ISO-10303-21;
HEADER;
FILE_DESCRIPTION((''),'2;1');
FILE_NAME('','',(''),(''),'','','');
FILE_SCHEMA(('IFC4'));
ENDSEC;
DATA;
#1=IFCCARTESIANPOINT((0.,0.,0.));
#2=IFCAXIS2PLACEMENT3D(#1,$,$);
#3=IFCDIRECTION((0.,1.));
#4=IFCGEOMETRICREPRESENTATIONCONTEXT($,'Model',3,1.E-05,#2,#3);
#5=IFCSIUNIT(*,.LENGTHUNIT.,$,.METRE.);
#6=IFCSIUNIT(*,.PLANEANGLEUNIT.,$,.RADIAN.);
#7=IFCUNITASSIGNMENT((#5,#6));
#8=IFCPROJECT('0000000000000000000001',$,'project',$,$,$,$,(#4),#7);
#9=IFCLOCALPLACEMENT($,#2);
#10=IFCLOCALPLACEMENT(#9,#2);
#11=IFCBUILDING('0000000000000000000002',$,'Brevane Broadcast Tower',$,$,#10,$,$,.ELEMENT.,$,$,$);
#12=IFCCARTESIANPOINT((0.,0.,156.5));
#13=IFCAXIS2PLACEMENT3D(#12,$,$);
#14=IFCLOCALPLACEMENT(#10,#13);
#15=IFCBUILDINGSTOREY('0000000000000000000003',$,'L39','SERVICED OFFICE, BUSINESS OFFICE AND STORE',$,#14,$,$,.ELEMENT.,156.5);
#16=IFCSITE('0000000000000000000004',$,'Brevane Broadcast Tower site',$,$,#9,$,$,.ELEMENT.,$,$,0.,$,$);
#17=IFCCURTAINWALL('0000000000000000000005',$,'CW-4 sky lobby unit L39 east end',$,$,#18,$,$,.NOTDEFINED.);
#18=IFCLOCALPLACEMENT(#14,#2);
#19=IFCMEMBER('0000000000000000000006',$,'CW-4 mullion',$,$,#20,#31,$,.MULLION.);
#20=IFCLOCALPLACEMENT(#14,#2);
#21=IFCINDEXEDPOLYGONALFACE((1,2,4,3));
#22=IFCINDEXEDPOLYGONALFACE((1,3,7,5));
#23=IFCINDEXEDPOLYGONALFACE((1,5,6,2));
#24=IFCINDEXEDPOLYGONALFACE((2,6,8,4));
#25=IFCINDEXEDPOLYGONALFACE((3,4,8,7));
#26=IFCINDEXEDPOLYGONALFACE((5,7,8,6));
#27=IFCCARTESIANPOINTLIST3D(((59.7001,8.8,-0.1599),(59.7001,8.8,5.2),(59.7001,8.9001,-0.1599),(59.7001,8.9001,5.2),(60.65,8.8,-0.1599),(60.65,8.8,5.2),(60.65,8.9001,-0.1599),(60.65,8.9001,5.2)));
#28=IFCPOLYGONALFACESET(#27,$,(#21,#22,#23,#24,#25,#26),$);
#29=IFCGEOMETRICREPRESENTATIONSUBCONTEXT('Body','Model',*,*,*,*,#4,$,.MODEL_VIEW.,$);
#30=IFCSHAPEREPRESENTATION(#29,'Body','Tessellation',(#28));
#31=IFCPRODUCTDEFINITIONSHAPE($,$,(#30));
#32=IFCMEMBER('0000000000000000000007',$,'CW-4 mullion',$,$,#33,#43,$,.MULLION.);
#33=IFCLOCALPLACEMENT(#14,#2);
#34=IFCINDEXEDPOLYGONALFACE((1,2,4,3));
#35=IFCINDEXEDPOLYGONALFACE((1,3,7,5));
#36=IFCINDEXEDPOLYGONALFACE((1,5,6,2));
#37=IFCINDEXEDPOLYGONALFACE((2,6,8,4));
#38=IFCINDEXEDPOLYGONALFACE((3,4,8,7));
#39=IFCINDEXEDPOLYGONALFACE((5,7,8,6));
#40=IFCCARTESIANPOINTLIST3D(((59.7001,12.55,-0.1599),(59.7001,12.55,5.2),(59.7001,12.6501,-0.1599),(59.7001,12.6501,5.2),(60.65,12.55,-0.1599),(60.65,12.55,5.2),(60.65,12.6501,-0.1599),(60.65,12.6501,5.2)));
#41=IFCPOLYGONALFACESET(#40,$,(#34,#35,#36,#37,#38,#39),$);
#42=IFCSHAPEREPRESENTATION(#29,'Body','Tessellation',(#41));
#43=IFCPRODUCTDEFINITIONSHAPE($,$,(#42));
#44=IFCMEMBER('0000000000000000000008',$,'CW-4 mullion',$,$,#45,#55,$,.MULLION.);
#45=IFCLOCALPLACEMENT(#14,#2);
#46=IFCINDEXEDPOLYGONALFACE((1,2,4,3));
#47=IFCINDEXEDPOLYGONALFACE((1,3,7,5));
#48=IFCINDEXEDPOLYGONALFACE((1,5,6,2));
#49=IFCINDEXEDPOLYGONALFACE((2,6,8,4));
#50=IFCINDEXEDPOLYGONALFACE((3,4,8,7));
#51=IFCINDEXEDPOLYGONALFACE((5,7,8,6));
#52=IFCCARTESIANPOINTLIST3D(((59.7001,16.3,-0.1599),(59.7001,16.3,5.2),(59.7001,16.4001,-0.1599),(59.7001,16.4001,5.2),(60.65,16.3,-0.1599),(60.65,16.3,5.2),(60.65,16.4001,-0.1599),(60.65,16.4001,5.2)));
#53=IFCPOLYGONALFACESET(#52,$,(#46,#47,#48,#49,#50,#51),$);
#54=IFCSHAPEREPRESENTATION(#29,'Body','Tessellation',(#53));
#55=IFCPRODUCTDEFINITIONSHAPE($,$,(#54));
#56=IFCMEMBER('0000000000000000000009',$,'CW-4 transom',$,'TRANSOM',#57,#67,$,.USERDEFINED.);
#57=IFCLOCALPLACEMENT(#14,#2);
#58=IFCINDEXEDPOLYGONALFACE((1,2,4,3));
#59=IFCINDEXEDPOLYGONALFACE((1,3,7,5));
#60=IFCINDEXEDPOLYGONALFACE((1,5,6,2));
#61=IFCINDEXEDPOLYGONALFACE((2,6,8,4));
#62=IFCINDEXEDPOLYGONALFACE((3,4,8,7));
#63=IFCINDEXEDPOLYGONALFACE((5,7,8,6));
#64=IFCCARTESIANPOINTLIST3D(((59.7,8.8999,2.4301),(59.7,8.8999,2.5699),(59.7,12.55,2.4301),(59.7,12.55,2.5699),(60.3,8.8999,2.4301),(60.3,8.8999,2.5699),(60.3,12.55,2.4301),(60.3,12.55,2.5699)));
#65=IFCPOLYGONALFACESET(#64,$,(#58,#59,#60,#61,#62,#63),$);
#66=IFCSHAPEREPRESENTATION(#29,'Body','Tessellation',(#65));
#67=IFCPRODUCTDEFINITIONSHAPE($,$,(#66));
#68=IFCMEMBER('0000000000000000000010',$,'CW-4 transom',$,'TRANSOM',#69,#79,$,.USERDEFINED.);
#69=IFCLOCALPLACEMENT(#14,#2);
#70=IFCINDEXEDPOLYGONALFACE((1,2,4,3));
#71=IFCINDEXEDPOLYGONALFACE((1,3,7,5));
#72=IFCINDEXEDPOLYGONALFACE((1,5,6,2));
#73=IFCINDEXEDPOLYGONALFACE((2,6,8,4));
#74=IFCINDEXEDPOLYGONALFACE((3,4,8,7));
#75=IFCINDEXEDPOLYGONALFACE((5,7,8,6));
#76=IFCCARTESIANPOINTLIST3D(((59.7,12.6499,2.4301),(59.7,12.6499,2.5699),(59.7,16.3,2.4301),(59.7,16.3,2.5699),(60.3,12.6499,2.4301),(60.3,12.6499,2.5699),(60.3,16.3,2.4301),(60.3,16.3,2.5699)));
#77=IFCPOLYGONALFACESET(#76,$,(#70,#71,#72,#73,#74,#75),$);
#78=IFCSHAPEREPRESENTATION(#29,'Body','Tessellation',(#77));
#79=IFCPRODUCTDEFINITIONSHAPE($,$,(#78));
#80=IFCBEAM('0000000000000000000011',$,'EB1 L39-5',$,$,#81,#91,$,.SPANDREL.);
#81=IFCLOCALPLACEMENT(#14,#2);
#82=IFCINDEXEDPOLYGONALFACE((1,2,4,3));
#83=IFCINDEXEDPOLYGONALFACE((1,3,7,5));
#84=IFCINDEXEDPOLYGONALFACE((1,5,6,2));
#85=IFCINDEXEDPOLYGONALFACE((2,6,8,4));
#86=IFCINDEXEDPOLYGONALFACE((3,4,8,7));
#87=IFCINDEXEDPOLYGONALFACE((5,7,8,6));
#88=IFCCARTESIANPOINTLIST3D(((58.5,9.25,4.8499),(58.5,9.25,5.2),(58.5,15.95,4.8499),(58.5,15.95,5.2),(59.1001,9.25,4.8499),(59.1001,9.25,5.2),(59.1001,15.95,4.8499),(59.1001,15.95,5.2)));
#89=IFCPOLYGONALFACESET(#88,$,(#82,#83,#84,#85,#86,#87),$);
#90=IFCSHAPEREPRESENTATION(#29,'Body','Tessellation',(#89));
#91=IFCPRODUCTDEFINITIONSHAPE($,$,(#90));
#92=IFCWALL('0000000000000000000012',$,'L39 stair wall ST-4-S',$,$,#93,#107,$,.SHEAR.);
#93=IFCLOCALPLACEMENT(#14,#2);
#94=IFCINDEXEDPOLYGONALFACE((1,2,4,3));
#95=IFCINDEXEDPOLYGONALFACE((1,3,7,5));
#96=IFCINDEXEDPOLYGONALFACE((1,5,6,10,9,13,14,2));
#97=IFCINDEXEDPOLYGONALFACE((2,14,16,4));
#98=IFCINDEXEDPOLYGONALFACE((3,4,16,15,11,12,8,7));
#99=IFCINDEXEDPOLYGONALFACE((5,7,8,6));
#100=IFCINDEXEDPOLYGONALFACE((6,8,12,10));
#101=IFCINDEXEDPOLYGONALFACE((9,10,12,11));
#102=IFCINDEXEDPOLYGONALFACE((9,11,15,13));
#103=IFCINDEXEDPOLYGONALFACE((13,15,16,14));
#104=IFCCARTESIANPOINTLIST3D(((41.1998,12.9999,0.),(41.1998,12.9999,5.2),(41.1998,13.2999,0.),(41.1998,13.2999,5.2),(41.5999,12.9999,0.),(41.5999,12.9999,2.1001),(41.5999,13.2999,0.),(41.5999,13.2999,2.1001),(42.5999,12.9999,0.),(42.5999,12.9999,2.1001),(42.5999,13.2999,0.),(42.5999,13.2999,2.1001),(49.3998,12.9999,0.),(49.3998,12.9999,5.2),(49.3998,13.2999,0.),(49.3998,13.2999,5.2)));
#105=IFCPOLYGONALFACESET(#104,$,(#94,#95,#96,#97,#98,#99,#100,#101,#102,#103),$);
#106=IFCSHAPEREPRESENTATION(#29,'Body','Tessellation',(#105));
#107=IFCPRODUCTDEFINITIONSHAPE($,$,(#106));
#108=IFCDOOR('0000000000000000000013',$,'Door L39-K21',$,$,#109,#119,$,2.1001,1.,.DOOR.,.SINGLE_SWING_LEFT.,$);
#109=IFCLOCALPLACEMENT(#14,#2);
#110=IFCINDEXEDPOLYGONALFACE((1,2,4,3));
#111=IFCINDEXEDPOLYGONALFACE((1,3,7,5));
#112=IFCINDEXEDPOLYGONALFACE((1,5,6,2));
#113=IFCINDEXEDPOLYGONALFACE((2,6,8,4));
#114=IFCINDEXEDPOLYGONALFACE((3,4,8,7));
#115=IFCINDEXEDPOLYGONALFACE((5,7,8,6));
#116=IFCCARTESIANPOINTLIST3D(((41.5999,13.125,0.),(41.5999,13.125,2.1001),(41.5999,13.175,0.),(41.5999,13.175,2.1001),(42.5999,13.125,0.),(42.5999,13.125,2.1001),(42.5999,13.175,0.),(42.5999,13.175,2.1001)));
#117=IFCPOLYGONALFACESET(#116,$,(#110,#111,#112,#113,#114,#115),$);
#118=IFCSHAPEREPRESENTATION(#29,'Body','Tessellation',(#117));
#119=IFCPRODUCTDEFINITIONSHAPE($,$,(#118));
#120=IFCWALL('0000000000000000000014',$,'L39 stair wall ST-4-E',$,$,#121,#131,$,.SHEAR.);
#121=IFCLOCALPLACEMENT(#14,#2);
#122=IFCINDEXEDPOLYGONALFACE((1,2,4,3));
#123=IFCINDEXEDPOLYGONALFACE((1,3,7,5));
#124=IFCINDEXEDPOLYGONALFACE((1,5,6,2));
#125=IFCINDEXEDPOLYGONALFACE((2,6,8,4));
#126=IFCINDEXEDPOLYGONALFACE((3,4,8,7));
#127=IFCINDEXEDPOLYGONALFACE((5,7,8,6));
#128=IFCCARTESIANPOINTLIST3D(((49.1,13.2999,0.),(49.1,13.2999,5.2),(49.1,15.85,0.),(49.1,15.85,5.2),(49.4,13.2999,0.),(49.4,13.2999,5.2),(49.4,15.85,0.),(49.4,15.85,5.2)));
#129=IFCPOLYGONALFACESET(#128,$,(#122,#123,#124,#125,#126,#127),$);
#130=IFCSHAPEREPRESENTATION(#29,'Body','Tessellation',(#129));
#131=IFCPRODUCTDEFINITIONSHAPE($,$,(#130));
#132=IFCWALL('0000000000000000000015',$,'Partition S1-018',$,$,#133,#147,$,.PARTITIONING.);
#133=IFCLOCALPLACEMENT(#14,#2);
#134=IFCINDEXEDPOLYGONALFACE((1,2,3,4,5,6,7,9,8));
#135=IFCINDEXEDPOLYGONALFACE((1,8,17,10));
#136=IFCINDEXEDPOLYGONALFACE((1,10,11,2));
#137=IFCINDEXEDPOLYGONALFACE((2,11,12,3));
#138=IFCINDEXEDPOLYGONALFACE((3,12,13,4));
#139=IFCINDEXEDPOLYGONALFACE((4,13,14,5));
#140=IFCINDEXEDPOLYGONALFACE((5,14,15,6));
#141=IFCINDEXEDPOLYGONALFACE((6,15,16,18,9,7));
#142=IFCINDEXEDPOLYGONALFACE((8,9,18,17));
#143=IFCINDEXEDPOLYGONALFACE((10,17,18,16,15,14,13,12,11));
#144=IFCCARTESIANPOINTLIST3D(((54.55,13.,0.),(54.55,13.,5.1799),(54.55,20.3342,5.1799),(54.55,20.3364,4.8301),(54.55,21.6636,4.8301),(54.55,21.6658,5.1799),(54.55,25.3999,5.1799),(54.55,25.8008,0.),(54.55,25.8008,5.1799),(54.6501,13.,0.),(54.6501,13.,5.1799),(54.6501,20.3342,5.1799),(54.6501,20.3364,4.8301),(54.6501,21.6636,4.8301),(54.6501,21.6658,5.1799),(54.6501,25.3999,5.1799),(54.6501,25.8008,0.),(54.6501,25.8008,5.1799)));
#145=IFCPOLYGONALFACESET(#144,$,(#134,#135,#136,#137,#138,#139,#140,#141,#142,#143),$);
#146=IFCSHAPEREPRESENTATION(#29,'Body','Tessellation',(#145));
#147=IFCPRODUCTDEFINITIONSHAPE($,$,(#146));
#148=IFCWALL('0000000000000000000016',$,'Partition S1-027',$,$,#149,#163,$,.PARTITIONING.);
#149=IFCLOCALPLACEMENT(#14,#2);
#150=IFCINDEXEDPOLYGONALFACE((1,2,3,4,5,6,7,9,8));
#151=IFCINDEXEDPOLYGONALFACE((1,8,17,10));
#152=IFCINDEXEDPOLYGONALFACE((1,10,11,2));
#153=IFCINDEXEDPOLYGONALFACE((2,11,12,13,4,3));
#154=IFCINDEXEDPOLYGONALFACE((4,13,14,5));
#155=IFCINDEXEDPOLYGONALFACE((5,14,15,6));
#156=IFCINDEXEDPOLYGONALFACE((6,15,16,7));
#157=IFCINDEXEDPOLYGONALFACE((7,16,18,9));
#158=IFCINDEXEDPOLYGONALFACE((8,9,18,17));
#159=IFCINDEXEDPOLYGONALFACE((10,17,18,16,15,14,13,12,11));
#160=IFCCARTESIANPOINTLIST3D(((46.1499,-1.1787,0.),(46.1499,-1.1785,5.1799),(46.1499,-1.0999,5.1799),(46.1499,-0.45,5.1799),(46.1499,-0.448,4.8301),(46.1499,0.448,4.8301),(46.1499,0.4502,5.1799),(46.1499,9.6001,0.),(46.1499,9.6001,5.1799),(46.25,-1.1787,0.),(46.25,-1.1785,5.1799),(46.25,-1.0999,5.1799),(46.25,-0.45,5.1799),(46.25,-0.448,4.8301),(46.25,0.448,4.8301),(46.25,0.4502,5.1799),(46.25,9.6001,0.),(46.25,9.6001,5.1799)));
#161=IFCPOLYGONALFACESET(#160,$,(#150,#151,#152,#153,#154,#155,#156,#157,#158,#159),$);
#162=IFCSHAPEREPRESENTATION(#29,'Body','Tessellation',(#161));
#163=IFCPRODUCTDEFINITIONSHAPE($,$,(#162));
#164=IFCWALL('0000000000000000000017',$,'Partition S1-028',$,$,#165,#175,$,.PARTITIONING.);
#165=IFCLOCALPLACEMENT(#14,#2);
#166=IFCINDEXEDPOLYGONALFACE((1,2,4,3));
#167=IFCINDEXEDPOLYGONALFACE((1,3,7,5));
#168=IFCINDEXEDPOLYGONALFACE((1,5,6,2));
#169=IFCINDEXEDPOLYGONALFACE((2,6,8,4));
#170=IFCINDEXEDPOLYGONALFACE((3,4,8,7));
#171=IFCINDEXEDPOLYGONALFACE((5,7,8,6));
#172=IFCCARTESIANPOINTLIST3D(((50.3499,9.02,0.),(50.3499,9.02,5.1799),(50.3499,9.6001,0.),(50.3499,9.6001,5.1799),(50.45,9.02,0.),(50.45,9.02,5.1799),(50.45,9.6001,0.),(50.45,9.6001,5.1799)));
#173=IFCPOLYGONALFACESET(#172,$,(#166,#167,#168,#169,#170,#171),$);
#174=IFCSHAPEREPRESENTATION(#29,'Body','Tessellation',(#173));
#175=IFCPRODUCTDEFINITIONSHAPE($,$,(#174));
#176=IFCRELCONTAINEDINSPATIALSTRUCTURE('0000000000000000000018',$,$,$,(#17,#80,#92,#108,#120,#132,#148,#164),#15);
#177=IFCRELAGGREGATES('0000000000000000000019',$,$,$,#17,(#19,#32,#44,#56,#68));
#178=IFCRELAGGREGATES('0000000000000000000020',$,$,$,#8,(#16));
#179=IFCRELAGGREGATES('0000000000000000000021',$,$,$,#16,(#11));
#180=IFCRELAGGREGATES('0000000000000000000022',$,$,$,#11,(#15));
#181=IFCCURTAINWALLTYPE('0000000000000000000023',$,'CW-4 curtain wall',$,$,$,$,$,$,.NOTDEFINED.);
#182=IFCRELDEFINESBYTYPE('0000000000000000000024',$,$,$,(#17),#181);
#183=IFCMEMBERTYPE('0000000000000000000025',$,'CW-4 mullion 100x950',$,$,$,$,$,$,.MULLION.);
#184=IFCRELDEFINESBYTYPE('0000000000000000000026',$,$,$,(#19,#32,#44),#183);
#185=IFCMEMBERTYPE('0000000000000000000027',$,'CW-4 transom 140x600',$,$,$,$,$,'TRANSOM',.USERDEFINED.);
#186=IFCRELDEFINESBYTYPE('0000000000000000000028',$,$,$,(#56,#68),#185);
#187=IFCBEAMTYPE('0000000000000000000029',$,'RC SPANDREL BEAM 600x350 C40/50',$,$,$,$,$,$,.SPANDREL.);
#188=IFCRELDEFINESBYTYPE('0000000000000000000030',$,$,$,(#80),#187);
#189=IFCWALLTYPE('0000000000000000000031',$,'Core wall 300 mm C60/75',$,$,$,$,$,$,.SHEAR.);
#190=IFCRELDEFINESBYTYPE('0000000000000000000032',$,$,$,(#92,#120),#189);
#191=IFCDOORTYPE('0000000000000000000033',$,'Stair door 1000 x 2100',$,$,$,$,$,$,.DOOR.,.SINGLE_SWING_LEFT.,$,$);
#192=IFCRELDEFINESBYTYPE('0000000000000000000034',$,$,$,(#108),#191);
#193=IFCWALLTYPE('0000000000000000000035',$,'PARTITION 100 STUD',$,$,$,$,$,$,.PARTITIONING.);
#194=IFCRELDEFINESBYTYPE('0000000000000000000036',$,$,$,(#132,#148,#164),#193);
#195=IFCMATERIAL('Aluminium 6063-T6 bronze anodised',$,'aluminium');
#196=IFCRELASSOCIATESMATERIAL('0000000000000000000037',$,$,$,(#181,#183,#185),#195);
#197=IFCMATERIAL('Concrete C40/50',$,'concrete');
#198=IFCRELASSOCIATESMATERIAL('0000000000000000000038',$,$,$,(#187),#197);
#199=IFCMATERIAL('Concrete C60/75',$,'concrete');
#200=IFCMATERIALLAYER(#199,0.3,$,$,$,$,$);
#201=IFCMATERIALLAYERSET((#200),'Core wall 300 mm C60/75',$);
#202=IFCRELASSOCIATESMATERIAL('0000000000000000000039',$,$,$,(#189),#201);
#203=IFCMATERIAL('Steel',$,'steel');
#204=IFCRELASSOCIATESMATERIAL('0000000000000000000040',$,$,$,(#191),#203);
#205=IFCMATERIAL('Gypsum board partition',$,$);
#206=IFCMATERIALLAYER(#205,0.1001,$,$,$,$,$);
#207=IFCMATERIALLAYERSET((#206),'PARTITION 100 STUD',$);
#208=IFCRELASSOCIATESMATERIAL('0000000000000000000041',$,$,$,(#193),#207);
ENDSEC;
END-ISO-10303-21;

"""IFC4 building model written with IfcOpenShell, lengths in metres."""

from ifc_helpers import new_model, si_unit, direction, frame, frame_2d, origin, origin_2d, place, context, subcontext, project, spatial, polyline, rectangle, outline, extrude, material, layer, layer_set, material_profile, profile_set, type_object, element, fill, aggregate, save


model = new_model("IFC4")

# Units and contexts
model_context = context("Model", 3, precision=1e-05, world=origin(), true_north=direction((0.0, 1.0)))
body_context = subcontext(model_context, "Body", "Model", "MODEL_VIEW")
ifc_project = project(units=[si_unit("LENGTHUNIT", "METRE"), si_unit("PLANEANGLEUNIT", "RADIAN")], contexts=[model_context])

# Site, building, storey
site_placement = place(None, origin())
site = spatial("IfcSite", under=ifc_project, at=site_placement, Name="Brevane Broadcast Tower site", CompositionType="ELEMENT", RefElevation=0.0)
building_placement = place(site_placement, origin())
building = spatial("IfcBuilding", under=site, at=building_placement, Name="Brevane Broadcast Tower", CompositionType="ELEMENT")
storey_placement = place(building_placement, frame((0.0, 0.0, 156.5)))
storey = spatial("IfcBuildingStorey", under=building, at=storey_placement, Name="L39", Description="SERVICED OFFICE, BUSINESS OFFICE AND STORE", CompositionType="ELEMENT", Elevation=156.5)

# Curtain wall, members
ifc_material_1 = material(Name="Aluminium 6063-T6 bronze anodised", Category="aluminium")
curtain_wall_type = type_object("IfcCurtainWallType", Name="CW-4 curtain wall", PredefinedType="NOTDEFINED", material=ifc_material_1)
curtain_wall_placement = place(storey_placement, origin())
curtain_wall = element("IfcCurtainWall", 1, at=curtain_wall_placement, inside=storey, type_object=curtain_wall_type, Name="CW-4 sky lobby unit L39 east end", PredefinedType="NOTDEFINED")
ifc_material_profile_1 = material_profile(ifc_material_1, rectangle(XDim=0.95, YDim=0.1001, at=origin_2d()), Name="RECT 100x950")
ifc_profile_set_1 = profile_set([ifc_material_profile_1], Name="Aluminium 6063-T6 bronze anodised")
member_type_1 = type_object("IfcMemberType", Name="CW-4 mullion 100x950", PredefinedType="MULLION", material=ifc_profile_set_1)
member_1_placement = place(storey_placement, frame((60.175, 8.8501, -0.1599), z_axis=(0.0, 0.0, 1.0), x_axis=(-1.0, 0.0, 0.0)))
member_1 = element("IfcMember", 2, at=member_1_placement, type_object=member_type_1, Name="CW-4 mullion", PredefinedType="MULLION", context=body_context, shape_type="SweptSolid", body=[
    extrude(rectangle(XDim=0.95, YDim=0.1001, at=origin_2d()), origin(), (0.0, 0.0, 1.0), 5.3599),
])
member_2_placement = place(storey_placement, frame((60.175, 12.6001, -0.1599), z_axis=(0.0, 0.0, 1.0), x_axis=(-1.0, 0.0, 0.0)))
member_2 = element("IfcMember", 3, at=member_2_placement, type_object=member_type_1, Name="CW-4 mullion", PredefinedType="MULLION", context=body_context, shape_type="SweptSolid", body=[
    extrude(rectangle(XDim=0.95, YDim=0.1001, at=origin_2d()), origin(), (0.0, 0.0, 1.0), 5.3599),
])
member_3_placement = place(storey_placement, frame((60.175, 16.3501, -0.1599), z_axis=(0.0, 0.0, 1.0), x_axis=(-1.0, 0.0, 0.0)))
member_3 = element("IfcMember", 4, at=member_3_placement, type_object=member_type_1, Name="CW-4 mullion", PredefinedType="MULLION", context=body_context, shape_type="SweptSolid", body=[
    extrude(rectangle(XDim=0.95, YDim=0.1001, at=origin_2d()), origin(), (0.0, 0.0, 1.0), 5.3599),
])
ifc_material_profile_2 = material_profile(ifc_material_1, rectangle(XDim=0.6001, YDim=0.1399, at=origin_2d()), Name="RECT 140x600")
ifc_profile_set_2 = profile_set([ifc_material_profile_2], Name="Aluminium 6063-T6 bronze anodised")
member_type_2 = type_object("IfcMemberType", Name="CW-4 transom 140x600", ElementType="TRANSOM", PredefinedType="USERDEFINED", material=ifc_profile_set_2)
member_4_placement = place(storey_placement, frame((60.0, 8.8999, 2.5), z_axis=(0.0, 1.0, 0.0), x_axis=(-1.0, 0.0, 0.0)))
member_4 = element("IfcMember", 5, at=member_4_placement, type_object=member_type_2, Name="CW-4 transom", ObjectType="TRANSOM", PredefinedType="USERDEFINED", context=body_context, shape_type="SweptSolid", body=[
    extrude(rectangle(XDim=0.6001, YDim=0.1399, at=origin_2d()), origin(), (0.0, 0.0, 1.0), 3.6501),
])
member_5_placement = place(storey_placement, frame((60.0, 12.6499, 2.5), z_axis=(0.0, 1.0, 0.0), x_axis=(-1.0, 0.0, 0.0)))
member_5 = element("IfcMember", 6, at=member_5_placement, type_object=member_type_2, Name="CW-4 transom", ObjectType="TRANSOM", PredefinedType="USERDEFINED", context=body_context, shape_type="SweptSolid", body=[
    extrude(rectangle(XDim=0.6001, YDim=0.1399, at=origin_2d()), origin(), (0.0, 0.0, 1.0), 3.6501),
])
aggregate(curtain_wall, [member_1, member_2, member_3, member_4, member_5])

# Beam
ifc_material_2 = material(Name="Concrete C40/50", Category="concrete")
ifc_material_profile_3 = material_profile(ifc_material_2, rectangle(XDim=0.6001, YDim=0.3501, at=origin_2d()), Name="RC 600x350")
ifc_profile_set_3 = profile_set([ifc_material_profile_3], Name="Concrete C40/50")
beam_type = type_object("IfcBeamType", Name="RC SPANDREL BEAM 600x350 C40/50", PredefinedType="SPANDREL", material=ifc_profile_set_3)
beam_placement = place(storey_placement, frame((58.8, 9.25, 5.0249), z_axis=(0.0, 1.0, 0.0), x_axis=(-1.0, 0.0, 0.0)))
element("IfcBeam", 7, at=beam_placement, inside=storey, type_object=beam_type, Name="EB1 L39-5", PredefinedType="SPANDREL", context=body_context, shape_type="SweptSolid", body=[
    extrude(rectangle(XDim=0.6001, YDim=0.3501, at=origin_2d()), origin(), (0.0, 0.0, 1.0), 6.7),
])

# Wall, opening, door
ifc_material_3 = material(Name="Concrete C60/75", Category="concrete")
ifc_layer_1 = layer(ifc_material_3, 0.3)
ifc_layer_set_1 = layer_set([ifc_layer_1], Name="Core wall 300 mm C60/75")
wall_type_1 = type_object("IfcWallType", Name="Core wall 300 mm C60/75", PredefinedType="SHEAR", material=ifc_layer_set_1)
wall_1_placement = place(storey_placement, frame((49.3999, 13.1499, 0.0), z_axis=(0.0, 0.0, 1.0), x_axis=(-1.0, 0.0, 0.0)))
wall_1 = element("IfcWall", 8, at=wall_1_placement, inside=storey, type_object=wall_type_1, Name="L39 stair wall ST-4-S", PredefinedType="SHEAR", context=body_context, shape_type="SweptSolid", body=[
    extrude(rectangle(XDim=8.2, YDim=0.3, at=frame_2d((4.1001, 0.0))), origin(), (0.0, 0.0, 1.0), 5.2),
])
opening_1_placement = place(wall_1_placement, frame((6.8, 0.0, 0.0)))
opening_1 = element("IfcOpeningElement", 9, at=opening_1_placement, cuts=wall_1, PredefinedType="OPENING", context=body_context, shape_type="SweptSolid", body=[
    extrude(rectangle(XDim=1.0, YDim=2.1001, at=frame_2d((0.5, 1.05))), frame((0.0, 0.1599, 0.0), z_axis=(0.0, -1.0, 0.0), x_axis=(1.0, 0.0, 0.0)), (0.0, 0.0, 1.0), 0.3201),
])
ifc_material_4 = material(Name="Steel", Category="steel")
door_type_1 = type_object("IfcDoorType", Name="Stair door 1000 x 2100", OperationType="SINGLE_SWING_LEFT", PredefinedType="DOOR", material=ifc_material_4)
door_1_placement = place(opening_1_placement, origin())
door_1 = element("IfcDoor", 10, at=door_1_placement, inside=storey, type_object=door_type_1, Name="Door L39-K21", OperationType="SINGLE_SWING_LEFT", OverallHeight=2.1001, OverallWidth=1.0, PredefinedType="DOOR", context=body_context, shape_type="SweptSolid", body=[
    extrude(rectangle(XDim=1.0, YDim=2.1001, at=frame_2d((0.5, 1.05))), frame((0.0, 0.0249, 0.0), z_axis=(0.0, -1.0, 0.0), x_axis=(1.0, 0.0, 0.0)), (0.0, 0.0, 1.0), 0.05),
])
fill(opening_1, door_1)

# Walls
wall_2_placement = place(storey_placement, frame((49.25, 13.3, 0.0), z_axis=(0.0, 0.0, 1.0), x_axis=(0.0, 1.0, 0.0)))
element("IfcWall", 11, at=wall_2_placement, inside=storey, type_object=wall_type_1, Name="L39 stair wall ST-4-E", PredefinedType="SHEAR", context=body_context, shape_type="SweptSolid", body=[
    extrude(rectangle(XDim=2.55, YDim=0.3, at=frame_2d((1.2749, 0.0))), origin(), (0.0, 0.0, 1.0), 5.2),
])
ifc_material_5 = material(Name="Gypsum board partition")
ifc_layer_2 = layer(ifc_material_5, 0.1001)
ifc_layer_set_2 = layer_set([ifc_layer_2], Name="PARTITION 100 STUD")
wall_type_2 = type_object("IfcWallType", Name="PARTITION 100 STUD", PredefinedType="PARTITIONING", material=ifc_layer_set_2)
wall_3_placement = place(storey_placement, frame((54.6001, 13.0, 0.0), z_axis=(0.0, 0.0, 1.0), x_axis=(0.0, 1.0, 0.0)))
element("IfcWall", 12, at=wall_3_placement, inside=storey, type_object=wall_type_2, Name="Partition S1-018", PredefinedType="PARTITIONING", context=body_context, shape_type="SweptSolid", body=[
    extrude(outline(polyline([(0.0, 0.0), (12.8008, 0.0), (12.8008, 5.1799), (12.3999, 5.1799), (8.6658, 5.1799), (8.6636, 4.8301), (7.3364, 4.8301), (7.3342, 5.1799), (0.0, 5.1799), (0.0, 0.0)])), frame((0.0, 0.05, 0.0), z_axis=(0.0, -1.0, 0.0), x_axis=(1.0, 0.0, 0.0)), (0.0, 0.0, 1.0), 0.1001),
])
wall_4_placement = place(storey_placement, frame((46.2, 9.6001, 0.0), z_axis=(0.0, 0.0, 1.0), x_axis=(0.0, -1.0, 0.0)))
element("IfcWall", 13, at=wall_4_placement, inside=storey, type_object=wall_type_2, Name="Partition S1-027", PredefinedType="PARTITIONING", context=body_context, shape_type="SweptSolid", body=[
    extrude(outline(polyline([(0.0, 0.0), (10.7788, 0.0), (10.7786, 5.1799), (10.7, 5.1799), (10.05, 5.1799), (10.0481, 4.8301), (9.1521, 4.8301), (9.1499, 5.1799), (0.0, 5.1799), (0.0, 0.0)])), frame((0.0, 0.05, 0.0), z_axis=(0.0, -1.0, 0.0), x_axis=(1.0, 0.0, 0.0)), (0.0, 0.0, 1.0), 0.1001),
])
wall_5_placement = place(storey_placement, frame((50.3999, 9.6001, 0.0), z_axis=(0.0, 0.0, 1.0), x_axis=(0.0, -1.0, 0.0)))
element("IfcWall", 14, at=wall_5_placement, inside=storey, type_object=wall_type_2, Name="Partition S1-028", PredefinedType="PARTITIONING", context=body_context, shape_type="SweptSolid", body=[
    extrude(rectangle(XDim=0.5801, YDim=0.1001, at=frame_2d((0.29, 0.0))), origin(), (0.0, 0.0, 1.0), 5.1799),
])

save(model, "model.ifc")
